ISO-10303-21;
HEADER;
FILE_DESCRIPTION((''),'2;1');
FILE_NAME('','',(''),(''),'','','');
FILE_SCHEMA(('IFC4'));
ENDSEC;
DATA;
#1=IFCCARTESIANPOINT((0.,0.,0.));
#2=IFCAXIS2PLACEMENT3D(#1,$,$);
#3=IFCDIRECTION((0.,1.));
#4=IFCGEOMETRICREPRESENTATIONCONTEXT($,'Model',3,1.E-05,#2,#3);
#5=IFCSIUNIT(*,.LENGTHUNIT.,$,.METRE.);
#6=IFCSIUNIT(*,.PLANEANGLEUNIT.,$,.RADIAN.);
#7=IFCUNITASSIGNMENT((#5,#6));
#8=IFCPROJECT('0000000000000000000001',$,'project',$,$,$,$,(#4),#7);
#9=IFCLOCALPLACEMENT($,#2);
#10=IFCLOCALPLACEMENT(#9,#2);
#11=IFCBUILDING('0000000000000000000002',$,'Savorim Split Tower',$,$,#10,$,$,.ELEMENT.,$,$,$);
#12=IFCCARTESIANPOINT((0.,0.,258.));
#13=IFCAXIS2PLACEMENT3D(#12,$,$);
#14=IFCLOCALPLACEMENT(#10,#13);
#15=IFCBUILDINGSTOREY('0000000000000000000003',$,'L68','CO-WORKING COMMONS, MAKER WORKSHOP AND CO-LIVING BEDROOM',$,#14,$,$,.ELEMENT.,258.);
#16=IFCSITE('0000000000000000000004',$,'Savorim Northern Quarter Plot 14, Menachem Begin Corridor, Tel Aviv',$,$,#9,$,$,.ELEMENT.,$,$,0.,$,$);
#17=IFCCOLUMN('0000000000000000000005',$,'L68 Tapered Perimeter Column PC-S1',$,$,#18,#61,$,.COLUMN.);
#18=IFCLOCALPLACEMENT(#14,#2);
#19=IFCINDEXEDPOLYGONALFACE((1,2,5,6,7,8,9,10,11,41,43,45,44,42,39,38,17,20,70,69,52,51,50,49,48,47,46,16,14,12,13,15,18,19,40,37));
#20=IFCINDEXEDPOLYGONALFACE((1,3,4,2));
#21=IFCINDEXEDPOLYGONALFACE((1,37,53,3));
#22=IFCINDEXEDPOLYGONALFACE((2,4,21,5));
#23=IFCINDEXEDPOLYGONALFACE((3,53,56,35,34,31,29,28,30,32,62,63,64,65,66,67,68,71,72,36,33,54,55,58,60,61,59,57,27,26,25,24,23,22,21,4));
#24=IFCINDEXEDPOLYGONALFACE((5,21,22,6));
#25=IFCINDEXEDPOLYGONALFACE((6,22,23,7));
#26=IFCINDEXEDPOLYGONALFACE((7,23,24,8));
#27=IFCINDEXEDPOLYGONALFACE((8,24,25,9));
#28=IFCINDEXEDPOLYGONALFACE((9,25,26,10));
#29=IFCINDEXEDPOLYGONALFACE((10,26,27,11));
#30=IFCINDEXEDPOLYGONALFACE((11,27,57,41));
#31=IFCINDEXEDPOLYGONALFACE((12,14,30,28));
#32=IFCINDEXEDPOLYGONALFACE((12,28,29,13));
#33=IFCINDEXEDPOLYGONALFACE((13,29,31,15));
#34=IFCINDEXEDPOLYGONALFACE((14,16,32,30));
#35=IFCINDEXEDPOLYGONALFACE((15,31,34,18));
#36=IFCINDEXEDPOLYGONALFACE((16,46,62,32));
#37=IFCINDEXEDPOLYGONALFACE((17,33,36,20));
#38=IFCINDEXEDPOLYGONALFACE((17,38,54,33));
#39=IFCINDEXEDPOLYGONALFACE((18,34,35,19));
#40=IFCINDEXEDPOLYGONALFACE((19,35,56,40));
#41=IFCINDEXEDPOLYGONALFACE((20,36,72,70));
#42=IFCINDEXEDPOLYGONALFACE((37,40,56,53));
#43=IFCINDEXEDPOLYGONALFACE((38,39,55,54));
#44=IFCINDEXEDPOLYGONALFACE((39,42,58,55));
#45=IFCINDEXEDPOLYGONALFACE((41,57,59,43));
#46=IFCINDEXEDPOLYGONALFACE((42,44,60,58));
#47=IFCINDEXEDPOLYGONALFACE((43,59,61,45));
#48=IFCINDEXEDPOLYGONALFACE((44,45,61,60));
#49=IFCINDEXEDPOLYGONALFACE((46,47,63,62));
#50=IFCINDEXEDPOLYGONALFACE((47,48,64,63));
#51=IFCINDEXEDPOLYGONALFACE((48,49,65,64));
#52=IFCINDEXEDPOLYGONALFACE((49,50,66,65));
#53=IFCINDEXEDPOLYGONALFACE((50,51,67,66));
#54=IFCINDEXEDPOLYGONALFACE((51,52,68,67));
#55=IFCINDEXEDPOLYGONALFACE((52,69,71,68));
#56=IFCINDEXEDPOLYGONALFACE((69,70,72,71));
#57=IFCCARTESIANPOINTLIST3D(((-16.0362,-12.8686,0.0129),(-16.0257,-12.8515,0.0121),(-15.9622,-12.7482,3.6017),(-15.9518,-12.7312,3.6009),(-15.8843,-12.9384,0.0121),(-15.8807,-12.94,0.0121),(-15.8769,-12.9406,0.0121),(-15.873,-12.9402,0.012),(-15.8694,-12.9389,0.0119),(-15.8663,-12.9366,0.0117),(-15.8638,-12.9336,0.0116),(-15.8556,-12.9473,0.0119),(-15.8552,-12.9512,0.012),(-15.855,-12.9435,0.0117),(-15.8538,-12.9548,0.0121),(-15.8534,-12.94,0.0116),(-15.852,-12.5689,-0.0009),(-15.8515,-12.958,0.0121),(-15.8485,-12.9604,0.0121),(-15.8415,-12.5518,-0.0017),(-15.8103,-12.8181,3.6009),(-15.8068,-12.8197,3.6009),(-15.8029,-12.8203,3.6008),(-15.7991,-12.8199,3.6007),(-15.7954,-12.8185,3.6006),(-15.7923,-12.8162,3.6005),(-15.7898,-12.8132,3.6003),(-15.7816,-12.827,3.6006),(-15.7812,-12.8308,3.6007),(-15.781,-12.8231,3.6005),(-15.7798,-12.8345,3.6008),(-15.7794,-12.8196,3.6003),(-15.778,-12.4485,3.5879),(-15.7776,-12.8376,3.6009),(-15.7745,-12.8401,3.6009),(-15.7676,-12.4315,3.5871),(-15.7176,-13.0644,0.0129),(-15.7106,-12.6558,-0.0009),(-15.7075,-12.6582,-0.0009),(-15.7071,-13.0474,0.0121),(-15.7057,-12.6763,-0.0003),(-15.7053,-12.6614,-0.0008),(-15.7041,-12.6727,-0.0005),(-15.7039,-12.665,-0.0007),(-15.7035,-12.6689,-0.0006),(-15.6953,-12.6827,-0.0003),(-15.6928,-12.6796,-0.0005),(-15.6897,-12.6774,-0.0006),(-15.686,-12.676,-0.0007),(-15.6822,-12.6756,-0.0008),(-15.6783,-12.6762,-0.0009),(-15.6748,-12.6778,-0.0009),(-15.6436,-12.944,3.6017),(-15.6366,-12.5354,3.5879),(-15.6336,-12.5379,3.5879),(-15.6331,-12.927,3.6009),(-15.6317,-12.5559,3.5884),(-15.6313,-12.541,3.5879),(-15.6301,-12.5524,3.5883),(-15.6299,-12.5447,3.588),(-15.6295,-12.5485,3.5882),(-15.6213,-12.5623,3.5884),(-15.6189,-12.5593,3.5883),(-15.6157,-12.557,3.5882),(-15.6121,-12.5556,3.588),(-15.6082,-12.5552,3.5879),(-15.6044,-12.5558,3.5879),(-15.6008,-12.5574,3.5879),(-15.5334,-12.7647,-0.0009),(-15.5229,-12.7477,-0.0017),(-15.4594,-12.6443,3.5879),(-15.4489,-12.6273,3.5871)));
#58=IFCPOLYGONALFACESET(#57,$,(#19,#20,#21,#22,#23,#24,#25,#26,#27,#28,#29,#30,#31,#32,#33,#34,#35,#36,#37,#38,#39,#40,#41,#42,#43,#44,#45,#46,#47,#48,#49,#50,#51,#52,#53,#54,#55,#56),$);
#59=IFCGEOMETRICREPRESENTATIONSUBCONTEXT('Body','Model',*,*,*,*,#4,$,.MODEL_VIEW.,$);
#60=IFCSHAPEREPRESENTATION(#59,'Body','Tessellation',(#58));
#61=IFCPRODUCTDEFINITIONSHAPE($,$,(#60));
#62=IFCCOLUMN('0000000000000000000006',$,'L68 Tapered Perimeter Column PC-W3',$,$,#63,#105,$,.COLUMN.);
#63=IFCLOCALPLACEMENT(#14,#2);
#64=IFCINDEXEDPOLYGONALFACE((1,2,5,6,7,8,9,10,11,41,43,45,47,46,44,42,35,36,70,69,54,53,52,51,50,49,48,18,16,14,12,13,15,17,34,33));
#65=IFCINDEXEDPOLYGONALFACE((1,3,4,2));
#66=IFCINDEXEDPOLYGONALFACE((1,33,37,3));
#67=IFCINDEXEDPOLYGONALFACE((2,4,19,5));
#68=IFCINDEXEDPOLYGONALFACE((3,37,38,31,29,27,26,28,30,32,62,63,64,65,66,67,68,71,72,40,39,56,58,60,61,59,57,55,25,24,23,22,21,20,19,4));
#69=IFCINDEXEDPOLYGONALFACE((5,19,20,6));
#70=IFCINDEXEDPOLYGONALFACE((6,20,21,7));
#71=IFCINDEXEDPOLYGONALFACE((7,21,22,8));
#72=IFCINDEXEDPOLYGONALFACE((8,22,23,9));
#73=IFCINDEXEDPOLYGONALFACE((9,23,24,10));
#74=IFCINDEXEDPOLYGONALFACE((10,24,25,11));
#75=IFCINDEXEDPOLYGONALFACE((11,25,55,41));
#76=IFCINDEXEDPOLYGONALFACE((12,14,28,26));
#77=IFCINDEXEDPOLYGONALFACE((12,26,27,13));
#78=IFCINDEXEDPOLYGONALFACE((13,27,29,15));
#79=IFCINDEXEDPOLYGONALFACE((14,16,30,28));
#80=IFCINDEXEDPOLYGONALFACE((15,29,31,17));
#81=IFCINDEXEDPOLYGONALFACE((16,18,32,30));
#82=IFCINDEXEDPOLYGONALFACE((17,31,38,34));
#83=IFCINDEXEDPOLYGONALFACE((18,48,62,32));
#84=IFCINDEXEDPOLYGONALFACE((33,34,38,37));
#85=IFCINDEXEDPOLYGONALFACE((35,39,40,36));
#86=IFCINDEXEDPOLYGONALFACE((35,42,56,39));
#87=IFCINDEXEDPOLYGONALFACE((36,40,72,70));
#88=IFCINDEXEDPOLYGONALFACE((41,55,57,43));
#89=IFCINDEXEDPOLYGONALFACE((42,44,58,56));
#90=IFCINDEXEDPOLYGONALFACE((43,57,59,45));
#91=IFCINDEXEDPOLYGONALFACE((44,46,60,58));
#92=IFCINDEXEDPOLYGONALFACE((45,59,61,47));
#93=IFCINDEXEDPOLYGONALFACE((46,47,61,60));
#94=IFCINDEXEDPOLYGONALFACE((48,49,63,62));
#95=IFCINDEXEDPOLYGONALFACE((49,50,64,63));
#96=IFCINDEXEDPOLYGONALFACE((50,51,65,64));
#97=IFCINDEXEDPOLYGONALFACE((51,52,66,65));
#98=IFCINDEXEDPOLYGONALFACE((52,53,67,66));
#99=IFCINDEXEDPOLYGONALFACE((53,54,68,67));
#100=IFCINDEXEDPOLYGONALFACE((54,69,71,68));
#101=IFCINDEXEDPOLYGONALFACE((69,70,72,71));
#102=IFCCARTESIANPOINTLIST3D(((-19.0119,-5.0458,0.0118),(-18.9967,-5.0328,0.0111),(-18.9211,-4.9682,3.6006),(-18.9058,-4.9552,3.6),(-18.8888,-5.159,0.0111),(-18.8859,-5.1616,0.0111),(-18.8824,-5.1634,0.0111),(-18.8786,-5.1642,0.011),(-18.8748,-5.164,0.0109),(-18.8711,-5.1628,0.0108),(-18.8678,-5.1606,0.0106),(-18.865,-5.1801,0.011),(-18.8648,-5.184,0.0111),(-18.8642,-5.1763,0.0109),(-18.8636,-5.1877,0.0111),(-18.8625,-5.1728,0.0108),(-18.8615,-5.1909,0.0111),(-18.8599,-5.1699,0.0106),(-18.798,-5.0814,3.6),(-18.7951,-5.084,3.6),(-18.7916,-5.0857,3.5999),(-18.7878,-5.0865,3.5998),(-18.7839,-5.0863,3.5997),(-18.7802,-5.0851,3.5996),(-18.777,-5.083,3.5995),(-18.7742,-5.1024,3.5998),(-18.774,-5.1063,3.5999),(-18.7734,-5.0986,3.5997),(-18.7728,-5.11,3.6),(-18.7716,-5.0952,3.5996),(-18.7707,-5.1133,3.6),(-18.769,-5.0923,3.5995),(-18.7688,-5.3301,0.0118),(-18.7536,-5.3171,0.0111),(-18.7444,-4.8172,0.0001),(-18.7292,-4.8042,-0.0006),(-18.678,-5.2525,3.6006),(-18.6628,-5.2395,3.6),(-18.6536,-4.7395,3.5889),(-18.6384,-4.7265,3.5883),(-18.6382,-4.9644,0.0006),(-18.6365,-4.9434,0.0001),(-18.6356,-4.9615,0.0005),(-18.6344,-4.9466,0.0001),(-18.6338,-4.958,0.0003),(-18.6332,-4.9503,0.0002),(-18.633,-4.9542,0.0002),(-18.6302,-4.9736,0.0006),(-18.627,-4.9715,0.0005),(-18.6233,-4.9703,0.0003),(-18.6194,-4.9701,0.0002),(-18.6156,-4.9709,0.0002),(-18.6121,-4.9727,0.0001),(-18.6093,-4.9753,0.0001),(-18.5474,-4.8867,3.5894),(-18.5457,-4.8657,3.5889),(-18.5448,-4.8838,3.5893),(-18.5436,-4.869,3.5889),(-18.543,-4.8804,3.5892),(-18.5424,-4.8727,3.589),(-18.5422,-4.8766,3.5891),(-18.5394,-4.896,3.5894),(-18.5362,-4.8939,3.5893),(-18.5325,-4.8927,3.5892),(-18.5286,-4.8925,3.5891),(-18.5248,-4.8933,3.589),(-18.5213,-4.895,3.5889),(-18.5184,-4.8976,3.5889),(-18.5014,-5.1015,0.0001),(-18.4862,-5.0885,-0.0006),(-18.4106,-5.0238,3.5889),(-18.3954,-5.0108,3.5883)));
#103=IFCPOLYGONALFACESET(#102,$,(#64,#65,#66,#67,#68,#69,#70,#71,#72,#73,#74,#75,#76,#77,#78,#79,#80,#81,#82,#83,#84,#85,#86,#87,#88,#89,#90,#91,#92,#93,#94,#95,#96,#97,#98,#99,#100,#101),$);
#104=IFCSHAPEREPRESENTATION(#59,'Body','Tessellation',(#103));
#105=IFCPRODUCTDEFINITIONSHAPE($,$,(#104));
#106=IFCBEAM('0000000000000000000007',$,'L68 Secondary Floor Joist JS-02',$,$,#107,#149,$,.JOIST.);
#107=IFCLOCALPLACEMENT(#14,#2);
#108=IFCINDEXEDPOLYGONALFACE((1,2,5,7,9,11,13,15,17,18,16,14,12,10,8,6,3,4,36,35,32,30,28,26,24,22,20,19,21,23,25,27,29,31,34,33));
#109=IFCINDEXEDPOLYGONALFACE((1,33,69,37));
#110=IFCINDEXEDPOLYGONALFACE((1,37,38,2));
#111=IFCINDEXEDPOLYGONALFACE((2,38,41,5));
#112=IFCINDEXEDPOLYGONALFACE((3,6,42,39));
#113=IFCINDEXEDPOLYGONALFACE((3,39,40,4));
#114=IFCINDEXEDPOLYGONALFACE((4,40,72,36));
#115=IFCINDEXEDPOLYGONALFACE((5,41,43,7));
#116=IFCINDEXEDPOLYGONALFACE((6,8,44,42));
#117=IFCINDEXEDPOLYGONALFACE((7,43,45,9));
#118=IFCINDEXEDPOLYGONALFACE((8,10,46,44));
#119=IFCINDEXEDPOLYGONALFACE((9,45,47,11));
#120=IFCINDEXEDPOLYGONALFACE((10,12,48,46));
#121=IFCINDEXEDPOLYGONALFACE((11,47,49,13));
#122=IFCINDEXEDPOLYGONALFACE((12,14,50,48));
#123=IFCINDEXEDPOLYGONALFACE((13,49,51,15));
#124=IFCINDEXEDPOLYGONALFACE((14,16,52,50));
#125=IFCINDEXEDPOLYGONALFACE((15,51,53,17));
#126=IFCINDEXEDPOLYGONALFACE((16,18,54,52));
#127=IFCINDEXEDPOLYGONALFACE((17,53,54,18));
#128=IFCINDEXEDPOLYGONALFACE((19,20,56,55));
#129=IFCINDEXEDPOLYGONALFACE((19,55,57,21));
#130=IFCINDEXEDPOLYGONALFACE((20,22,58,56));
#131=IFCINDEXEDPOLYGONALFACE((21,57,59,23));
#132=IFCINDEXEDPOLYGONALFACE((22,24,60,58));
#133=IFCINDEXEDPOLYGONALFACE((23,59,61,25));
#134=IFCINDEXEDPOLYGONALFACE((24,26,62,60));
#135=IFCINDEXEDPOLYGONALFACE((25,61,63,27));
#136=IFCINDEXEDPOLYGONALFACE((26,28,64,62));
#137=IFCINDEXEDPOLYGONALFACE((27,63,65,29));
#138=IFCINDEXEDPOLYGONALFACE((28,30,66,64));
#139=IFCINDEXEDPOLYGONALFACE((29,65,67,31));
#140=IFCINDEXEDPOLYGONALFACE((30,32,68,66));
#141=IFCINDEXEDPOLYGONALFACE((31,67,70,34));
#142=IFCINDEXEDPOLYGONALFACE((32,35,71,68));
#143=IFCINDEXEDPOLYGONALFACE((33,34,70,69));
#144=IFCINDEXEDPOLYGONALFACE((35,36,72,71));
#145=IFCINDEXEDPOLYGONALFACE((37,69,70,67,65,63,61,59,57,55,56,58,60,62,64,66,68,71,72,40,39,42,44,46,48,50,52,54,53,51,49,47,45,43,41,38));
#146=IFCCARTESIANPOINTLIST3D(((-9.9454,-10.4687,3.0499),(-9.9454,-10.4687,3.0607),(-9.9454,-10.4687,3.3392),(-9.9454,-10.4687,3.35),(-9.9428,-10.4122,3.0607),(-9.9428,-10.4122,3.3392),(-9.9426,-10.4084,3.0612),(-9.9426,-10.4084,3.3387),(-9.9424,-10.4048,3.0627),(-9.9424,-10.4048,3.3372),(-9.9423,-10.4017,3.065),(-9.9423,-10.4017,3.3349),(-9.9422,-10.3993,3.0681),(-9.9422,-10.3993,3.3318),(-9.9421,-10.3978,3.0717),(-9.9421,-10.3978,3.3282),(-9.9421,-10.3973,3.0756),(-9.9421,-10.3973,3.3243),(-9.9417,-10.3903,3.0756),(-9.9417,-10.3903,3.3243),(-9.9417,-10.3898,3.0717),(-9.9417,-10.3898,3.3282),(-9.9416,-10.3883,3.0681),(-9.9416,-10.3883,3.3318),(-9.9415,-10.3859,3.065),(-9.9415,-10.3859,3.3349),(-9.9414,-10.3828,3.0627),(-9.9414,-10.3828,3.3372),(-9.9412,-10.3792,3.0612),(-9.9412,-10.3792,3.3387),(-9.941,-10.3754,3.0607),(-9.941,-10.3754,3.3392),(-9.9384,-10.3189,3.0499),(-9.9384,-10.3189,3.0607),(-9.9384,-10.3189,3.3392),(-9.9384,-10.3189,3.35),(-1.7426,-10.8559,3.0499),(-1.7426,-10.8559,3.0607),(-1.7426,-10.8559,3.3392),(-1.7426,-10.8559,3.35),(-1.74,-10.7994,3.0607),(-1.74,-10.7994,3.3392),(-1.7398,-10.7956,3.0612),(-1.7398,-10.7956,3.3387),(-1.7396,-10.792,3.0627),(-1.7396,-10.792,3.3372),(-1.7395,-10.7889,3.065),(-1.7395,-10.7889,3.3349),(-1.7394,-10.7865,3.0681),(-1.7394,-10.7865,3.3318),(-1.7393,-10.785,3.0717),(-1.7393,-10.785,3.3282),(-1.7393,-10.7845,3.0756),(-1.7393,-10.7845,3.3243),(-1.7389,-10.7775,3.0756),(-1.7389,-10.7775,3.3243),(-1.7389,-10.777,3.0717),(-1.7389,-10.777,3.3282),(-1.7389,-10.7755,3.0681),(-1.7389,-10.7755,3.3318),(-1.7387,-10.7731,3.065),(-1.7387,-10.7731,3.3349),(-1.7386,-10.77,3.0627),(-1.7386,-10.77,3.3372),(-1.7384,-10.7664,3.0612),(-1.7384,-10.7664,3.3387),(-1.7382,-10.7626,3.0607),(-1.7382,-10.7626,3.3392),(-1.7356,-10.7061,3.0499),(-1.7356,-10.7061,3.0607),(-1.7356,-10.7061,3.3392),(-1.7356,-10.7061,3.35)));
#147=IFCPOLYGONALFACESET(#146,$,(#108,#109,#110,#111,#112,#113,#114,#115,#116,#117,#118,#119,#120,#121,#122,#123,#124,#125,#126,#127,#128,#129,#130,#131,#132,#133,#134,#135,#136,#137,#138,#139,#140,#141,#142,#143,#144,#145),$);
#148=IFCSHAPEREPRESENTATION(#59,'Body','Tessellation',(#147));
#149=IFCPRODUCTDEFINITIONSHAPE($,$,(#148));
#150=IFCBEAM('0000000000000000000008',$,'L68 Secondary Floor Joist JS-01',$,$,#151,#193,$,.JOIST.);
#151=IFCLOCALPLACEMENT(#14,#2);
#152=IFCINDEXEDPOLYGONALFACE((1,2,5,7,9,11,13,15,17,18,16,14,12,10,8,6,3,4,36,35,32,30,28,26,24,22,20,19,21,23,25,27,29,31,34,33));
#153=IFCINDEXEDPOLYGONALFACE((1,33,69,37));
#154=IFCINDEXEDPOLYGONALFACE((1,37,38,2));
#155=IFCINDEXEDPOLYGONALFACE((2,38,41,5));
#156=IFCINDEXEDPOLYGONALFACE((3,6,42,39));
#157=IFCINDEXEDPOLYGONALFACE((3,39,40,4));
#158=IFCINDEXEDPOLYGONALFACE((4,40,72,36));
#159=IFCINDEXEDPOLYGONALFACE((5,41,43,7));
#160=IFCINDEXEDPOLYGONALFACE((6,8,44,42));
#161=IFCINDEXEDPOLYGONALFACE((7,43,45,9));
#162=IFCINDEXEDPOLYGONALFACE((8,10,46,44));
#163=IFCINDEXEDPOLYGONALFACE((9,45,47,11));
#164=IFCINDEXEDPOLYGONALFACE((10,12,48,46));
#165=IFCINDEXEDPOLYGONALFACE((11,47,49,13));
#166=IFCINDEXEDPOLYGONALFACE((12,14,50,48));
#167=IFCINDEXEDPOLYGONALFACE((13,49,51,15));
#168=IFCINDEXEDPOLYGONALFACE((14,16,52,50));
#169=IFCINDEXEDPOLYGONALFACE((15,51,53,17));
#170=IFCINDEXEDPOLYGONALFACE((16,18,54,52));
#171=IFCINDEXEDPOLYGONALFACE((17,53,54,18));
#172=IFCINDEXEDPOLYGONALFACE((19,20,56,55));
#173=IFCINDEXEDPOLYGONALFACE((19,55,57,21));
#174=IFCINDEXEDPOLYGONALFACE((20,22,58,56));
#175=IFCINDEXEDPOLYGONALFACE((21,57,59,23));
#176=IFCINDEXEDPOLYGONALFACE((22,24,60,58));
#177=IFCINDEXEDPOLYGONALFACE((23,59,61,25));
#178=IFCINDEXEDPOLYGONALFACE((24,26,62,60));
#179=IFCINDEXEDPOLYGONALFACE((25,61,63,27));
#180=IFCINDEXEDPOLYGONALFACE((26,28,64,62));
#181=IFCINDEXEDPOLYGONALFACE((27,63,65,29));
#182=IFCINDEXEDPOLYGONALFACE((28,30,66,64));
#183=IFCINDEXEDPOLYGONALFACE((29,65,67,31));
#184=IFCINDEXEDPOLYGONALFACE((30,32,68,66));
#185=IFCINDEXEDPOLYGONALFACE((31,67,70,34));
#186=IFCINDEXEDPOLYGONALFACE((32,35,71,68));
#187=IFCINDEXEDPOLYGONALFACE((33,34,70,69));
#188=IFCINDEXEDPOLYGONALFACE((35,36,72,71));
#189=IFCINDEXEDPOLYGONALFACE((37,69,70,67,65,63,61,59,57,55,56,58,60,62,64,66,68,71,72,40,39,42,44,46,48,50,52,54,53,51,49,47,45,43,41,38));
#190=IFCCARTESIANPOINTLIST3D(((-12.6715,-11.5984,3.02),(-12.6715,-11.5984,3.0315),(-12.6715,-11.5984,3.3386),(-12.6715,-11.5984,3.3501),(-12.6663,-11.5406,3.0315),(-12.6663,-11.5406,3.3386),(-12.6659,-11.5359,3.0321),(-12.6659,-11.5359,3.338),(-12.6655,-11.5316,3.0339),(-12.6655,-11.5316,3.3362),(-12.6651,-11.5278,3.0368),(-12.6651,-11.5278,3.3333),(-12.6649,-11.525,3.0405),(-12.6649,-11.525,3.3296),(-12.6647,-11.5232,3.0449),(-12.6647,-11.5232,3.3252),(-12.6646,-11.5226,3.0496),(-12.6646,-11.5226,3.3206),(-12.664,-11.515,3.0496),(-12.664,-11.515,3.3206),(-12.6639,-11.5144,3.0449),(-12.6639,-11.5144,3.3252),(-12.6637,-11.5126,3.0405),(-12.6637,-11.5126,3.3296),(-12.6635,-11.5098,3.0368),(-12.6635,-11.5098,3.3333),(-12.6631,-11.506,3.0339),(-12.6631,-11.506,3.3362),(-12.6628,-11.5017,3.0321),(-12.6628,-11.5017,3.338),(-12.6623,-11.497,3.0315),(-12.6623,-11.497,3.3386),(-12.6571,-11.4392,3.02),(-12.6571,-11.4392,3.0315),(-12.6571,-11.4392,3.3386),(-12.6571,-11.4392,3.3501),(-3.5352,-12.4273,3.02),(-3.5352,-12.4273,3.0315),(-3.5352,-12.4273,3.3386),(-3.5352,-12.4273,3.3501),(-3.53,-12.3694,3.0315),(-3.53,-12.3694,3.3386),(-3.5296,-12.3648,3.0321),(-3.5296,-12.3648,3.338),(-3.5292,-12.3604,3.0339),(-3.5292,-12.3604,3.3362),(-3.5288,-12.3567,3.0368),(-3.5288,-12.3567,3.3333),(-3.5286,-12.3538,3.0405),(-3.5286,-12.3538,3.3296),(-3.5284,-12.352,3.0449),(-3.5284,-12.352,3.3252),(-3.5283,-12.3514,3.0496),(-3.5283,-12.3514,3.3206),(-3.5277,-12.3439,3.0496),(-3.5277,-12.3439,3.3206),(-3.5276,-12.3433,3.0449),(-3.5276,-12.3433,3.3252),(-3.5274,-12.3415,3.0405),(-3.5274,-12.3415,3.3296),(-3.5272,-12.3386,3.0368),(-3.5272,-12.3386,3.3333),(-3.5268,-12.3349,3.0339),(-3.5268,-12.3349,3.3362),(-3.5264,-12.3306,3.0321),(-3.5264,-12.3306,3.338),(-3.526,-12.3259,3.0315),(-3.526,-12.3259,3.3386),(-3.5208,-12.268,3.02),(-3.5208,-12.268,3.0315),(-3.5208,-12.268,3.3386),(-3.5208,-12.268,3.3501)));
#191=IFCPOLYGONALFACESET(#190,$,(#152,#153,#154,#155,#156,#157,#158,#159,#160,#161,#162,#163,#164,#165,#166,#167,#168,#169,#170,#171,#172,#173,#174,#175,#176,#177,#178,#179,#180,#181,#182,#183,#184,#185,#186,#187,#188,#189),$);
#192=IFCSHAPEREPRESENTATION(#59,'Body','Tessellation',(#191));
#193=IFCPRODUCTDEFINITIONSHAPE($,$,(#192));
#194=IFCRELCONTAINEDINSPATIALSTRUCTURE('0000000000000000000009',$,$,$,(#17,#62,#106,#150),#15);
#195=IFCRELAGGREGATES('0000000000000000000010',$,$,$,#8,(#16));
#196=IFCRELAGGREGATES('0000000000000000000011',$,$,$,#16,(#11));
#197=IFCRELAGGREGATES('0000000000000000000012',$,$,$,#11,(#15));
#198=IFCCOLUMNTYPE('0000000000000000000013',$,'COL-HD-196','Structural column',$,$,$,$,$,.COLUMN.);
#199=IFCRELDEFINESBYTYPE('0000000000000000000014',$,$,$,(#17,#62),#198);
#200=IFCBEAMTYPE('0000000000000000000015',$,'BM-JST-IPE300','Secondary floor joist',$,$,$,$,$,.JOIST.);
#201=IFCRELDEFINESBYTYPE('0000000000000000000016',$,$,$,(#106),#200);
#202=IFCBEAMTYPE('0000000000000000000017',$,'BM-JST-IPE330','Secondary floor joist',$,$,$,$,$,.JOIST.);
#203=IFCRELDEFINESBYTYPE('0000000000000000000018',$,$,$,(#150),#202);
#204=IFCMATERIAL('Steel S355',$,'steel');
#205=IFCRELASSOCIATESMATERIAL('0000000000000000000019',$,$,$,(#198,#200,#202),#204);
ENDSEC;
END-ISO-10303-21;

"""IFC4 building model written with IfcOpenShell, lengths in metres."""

from ifc_helpers import new_model, si_unit, direction, frame, origin, origin_2d, place, context, subcontext, project, spatial, i_section, extrude, material, material_profile, profile_set, type_object, element, save


model = new_model("IFC4")

# Units and contexts
model_context = context("Model", 3, precision=1e-05, world=origin(), true_north=direction((0.0, 1.0)))
body_context = subcontext(model_context, "Body", "Model", "MODEL_VIEW")
ifc_project = project(units=[si_unit("LENGTHUNIT", "METRE"), si_unit("PLANEANGLEUNIT", "RADIAN")], contexts=[model_context])

# Site, building, storey
site_placement = place(None, origin())
site = spatial("IfcSite", under=ifc_project, at=site_placement, Name="Savorim Northern Quarter Plot 14, Menachem Begin Corridor, Tel Aviv", CompositionType="ELEMENT", RefElevation=0.0)
building_placement = place(site_placement, origin())
building = spatial("IfcBuilding", under=site, at=building_placement, Name="Savorim Split Tower", CompositionType="ELEMENT")
storey_placement = place(building_placement, frame((0.0, 0.0, 258.0)))
storey = spatial("IfcBuildingStorey", under=building, at=storey_placement, Name="L68", Description="CO-WORKING COMMONS, MAKER WORKSHOP AND CO-LIVING BEDROOM", CompositionType="ELEMENT", Elevation=258.0)

# Columns
ifc_material_1 = material(Name="Steel S355", Category="steel")
ifc_material_profile_1 = material_profile(ifc_material_1, i_section(OverallWidth=0.374, OverallDepth=0.3721, WebThickness=0.0122, FlangeThickness=0.02, FilletRadius=0.0149, at=origin_2d()), Name="HD 360x196")
ifc_profile_set_1 = profile_set([ifc_material_profile_1], Name="Steel S355")
column_type = type_object("IfcColumnType", Name="COL-HD-196", Description="Structural column", PredefinedType="COLUMN", material=ifc_profile_set_1)
column_1_placement = place(storey_placement, frame((-15.7795, -12.8081, 0.0056), z_axis=(0.020596, 0.033511, 0.999226), x_axis=(-0.851955, 0.523615, 0.0)))
element("IfcColumn", 1, at=column_1_placement, inside=storey, type_object=column_type, Name="L68 Tapered Perimeter Column PC-S1", PredefinedType="COLUMN", context=body_context, shape_type="SweptSolid", body=[
    extrude(i_section(OverallWidth=0.374, OverallDepth=0.3721, WebThickness=0.0122, FlangeThickness=0.02, FilletRadius=0.0149, at=origin_2d()), origin(), (0.0, 0.0, 1.0), 3.5916),
])
column_2_placement = place(storey_placement, frame((-18.749, -5.0671, 0.0056), z_axis=(0.025292, 0.021621, 0.999446), x_axis=(-0.649781, 0.760121, 0.0)))
element("IfcColumn", 2, at=column_2_placement, inside=storey, type_object=column_type, Name="L68 Tapered Perimeter Column PC-W3", PredefinedType="COLUMN", context=body_context, shape_type="SweptSolid", body=[
    extrude(i_section(OverallWidth=0.374, OverallDepth=0.3721, WebThickness=0.0122, FlangeThickness=0.02, FilletRadius=0.0149, at=origin_2d()), origin(), (0.0, 0.0, 1.0), 3.5908),
])

# Beams
ifc_material_profile_2 = material_profile(ifc_material_1, i_section(OverallWidth=0.1499, OverallDepth=0.3, WebThickness=0.0071, FlangeThickness=0.0107, FilletRadius=0.0149, at=origin_2d()), Name="IPE 300")
ifc_profile_set_2 = profile_set([ifc_material_profile_2], Name="Steel S355")
beam_type_1 = type_object("IfcBeamType", Name="BM-JST-IPE300", Description="Secondary floor joist", PredefinedType="JOIST", material=ifc_profile_set_2)
beam_1_placement = place(storey_placement, frame((-9.9419, -10.3938, 3.2), z_axis=(0.998888, -0.047151, 0.0), x_axis=(0.047151, 0.998888, 0.0)))
element("IfcBeam", 3, at=beam_1_placement, inside=storey, type_object=beam_type_1, Name="L68 Secondary Floor Joist JS-02", PredefinedType="JOIST", context=body_context, shape_type="SweptSolid", body=[
    extrude(i_section(OverallWidth=0.1499, OverallDepth=0.3, WebThickness=0.0071, FlangeThickness=0.0107, FilletRadius=0.0149, at=origin_2d()), origin(), (0.0, 0.0, 1.0), 8.2119),
])
ifc_material_profile_3 = material_profile(ifc_material_1, i_section(OverallWidth=0.1599, OverallDepth=0.3301, WebThickness=0.0076, FlangeThickness=0.0115, FilletRadius=0.0181, at=origin_2d()), Name="IPE 330")
ifc_profile_set_3 = profile_set([ifc_material_profile_3], Name="Steel S355")
beam_type_2 = type_object("IfcBeamType", Name="BM-JST-IPE330", Description="Secondary floor joist", PredefinedType="JOIST", material=ifc_profile_set_3)
beam_2_placement = place(storey_placement, frame((-12.6643, -11.5188, 3.1851), z_axis=(0.99591, -0.090351, 0.0), x_axis=(0.090351, 0.99591, 0.0)))
element("IfcBeam", 4, at=beam_2_placement, inside=storey, type_object=beam_type_2, Name="L68 Secondary Floor Joist JS-01", PredefinedType="JOIST", context=body_context, shape_type="SweptSolid", body=[
    extrude(i_section(OverallWidth=0.1599, OverallDepth=0.3301, WebThickness=0.0076, FlangeThickness=0.0115, FilletRadius=0.0181, at=origin_2d()), origin(), (0.0, 0.0, 1.0), 9.1738),
])

save(model, "model.ifc")
